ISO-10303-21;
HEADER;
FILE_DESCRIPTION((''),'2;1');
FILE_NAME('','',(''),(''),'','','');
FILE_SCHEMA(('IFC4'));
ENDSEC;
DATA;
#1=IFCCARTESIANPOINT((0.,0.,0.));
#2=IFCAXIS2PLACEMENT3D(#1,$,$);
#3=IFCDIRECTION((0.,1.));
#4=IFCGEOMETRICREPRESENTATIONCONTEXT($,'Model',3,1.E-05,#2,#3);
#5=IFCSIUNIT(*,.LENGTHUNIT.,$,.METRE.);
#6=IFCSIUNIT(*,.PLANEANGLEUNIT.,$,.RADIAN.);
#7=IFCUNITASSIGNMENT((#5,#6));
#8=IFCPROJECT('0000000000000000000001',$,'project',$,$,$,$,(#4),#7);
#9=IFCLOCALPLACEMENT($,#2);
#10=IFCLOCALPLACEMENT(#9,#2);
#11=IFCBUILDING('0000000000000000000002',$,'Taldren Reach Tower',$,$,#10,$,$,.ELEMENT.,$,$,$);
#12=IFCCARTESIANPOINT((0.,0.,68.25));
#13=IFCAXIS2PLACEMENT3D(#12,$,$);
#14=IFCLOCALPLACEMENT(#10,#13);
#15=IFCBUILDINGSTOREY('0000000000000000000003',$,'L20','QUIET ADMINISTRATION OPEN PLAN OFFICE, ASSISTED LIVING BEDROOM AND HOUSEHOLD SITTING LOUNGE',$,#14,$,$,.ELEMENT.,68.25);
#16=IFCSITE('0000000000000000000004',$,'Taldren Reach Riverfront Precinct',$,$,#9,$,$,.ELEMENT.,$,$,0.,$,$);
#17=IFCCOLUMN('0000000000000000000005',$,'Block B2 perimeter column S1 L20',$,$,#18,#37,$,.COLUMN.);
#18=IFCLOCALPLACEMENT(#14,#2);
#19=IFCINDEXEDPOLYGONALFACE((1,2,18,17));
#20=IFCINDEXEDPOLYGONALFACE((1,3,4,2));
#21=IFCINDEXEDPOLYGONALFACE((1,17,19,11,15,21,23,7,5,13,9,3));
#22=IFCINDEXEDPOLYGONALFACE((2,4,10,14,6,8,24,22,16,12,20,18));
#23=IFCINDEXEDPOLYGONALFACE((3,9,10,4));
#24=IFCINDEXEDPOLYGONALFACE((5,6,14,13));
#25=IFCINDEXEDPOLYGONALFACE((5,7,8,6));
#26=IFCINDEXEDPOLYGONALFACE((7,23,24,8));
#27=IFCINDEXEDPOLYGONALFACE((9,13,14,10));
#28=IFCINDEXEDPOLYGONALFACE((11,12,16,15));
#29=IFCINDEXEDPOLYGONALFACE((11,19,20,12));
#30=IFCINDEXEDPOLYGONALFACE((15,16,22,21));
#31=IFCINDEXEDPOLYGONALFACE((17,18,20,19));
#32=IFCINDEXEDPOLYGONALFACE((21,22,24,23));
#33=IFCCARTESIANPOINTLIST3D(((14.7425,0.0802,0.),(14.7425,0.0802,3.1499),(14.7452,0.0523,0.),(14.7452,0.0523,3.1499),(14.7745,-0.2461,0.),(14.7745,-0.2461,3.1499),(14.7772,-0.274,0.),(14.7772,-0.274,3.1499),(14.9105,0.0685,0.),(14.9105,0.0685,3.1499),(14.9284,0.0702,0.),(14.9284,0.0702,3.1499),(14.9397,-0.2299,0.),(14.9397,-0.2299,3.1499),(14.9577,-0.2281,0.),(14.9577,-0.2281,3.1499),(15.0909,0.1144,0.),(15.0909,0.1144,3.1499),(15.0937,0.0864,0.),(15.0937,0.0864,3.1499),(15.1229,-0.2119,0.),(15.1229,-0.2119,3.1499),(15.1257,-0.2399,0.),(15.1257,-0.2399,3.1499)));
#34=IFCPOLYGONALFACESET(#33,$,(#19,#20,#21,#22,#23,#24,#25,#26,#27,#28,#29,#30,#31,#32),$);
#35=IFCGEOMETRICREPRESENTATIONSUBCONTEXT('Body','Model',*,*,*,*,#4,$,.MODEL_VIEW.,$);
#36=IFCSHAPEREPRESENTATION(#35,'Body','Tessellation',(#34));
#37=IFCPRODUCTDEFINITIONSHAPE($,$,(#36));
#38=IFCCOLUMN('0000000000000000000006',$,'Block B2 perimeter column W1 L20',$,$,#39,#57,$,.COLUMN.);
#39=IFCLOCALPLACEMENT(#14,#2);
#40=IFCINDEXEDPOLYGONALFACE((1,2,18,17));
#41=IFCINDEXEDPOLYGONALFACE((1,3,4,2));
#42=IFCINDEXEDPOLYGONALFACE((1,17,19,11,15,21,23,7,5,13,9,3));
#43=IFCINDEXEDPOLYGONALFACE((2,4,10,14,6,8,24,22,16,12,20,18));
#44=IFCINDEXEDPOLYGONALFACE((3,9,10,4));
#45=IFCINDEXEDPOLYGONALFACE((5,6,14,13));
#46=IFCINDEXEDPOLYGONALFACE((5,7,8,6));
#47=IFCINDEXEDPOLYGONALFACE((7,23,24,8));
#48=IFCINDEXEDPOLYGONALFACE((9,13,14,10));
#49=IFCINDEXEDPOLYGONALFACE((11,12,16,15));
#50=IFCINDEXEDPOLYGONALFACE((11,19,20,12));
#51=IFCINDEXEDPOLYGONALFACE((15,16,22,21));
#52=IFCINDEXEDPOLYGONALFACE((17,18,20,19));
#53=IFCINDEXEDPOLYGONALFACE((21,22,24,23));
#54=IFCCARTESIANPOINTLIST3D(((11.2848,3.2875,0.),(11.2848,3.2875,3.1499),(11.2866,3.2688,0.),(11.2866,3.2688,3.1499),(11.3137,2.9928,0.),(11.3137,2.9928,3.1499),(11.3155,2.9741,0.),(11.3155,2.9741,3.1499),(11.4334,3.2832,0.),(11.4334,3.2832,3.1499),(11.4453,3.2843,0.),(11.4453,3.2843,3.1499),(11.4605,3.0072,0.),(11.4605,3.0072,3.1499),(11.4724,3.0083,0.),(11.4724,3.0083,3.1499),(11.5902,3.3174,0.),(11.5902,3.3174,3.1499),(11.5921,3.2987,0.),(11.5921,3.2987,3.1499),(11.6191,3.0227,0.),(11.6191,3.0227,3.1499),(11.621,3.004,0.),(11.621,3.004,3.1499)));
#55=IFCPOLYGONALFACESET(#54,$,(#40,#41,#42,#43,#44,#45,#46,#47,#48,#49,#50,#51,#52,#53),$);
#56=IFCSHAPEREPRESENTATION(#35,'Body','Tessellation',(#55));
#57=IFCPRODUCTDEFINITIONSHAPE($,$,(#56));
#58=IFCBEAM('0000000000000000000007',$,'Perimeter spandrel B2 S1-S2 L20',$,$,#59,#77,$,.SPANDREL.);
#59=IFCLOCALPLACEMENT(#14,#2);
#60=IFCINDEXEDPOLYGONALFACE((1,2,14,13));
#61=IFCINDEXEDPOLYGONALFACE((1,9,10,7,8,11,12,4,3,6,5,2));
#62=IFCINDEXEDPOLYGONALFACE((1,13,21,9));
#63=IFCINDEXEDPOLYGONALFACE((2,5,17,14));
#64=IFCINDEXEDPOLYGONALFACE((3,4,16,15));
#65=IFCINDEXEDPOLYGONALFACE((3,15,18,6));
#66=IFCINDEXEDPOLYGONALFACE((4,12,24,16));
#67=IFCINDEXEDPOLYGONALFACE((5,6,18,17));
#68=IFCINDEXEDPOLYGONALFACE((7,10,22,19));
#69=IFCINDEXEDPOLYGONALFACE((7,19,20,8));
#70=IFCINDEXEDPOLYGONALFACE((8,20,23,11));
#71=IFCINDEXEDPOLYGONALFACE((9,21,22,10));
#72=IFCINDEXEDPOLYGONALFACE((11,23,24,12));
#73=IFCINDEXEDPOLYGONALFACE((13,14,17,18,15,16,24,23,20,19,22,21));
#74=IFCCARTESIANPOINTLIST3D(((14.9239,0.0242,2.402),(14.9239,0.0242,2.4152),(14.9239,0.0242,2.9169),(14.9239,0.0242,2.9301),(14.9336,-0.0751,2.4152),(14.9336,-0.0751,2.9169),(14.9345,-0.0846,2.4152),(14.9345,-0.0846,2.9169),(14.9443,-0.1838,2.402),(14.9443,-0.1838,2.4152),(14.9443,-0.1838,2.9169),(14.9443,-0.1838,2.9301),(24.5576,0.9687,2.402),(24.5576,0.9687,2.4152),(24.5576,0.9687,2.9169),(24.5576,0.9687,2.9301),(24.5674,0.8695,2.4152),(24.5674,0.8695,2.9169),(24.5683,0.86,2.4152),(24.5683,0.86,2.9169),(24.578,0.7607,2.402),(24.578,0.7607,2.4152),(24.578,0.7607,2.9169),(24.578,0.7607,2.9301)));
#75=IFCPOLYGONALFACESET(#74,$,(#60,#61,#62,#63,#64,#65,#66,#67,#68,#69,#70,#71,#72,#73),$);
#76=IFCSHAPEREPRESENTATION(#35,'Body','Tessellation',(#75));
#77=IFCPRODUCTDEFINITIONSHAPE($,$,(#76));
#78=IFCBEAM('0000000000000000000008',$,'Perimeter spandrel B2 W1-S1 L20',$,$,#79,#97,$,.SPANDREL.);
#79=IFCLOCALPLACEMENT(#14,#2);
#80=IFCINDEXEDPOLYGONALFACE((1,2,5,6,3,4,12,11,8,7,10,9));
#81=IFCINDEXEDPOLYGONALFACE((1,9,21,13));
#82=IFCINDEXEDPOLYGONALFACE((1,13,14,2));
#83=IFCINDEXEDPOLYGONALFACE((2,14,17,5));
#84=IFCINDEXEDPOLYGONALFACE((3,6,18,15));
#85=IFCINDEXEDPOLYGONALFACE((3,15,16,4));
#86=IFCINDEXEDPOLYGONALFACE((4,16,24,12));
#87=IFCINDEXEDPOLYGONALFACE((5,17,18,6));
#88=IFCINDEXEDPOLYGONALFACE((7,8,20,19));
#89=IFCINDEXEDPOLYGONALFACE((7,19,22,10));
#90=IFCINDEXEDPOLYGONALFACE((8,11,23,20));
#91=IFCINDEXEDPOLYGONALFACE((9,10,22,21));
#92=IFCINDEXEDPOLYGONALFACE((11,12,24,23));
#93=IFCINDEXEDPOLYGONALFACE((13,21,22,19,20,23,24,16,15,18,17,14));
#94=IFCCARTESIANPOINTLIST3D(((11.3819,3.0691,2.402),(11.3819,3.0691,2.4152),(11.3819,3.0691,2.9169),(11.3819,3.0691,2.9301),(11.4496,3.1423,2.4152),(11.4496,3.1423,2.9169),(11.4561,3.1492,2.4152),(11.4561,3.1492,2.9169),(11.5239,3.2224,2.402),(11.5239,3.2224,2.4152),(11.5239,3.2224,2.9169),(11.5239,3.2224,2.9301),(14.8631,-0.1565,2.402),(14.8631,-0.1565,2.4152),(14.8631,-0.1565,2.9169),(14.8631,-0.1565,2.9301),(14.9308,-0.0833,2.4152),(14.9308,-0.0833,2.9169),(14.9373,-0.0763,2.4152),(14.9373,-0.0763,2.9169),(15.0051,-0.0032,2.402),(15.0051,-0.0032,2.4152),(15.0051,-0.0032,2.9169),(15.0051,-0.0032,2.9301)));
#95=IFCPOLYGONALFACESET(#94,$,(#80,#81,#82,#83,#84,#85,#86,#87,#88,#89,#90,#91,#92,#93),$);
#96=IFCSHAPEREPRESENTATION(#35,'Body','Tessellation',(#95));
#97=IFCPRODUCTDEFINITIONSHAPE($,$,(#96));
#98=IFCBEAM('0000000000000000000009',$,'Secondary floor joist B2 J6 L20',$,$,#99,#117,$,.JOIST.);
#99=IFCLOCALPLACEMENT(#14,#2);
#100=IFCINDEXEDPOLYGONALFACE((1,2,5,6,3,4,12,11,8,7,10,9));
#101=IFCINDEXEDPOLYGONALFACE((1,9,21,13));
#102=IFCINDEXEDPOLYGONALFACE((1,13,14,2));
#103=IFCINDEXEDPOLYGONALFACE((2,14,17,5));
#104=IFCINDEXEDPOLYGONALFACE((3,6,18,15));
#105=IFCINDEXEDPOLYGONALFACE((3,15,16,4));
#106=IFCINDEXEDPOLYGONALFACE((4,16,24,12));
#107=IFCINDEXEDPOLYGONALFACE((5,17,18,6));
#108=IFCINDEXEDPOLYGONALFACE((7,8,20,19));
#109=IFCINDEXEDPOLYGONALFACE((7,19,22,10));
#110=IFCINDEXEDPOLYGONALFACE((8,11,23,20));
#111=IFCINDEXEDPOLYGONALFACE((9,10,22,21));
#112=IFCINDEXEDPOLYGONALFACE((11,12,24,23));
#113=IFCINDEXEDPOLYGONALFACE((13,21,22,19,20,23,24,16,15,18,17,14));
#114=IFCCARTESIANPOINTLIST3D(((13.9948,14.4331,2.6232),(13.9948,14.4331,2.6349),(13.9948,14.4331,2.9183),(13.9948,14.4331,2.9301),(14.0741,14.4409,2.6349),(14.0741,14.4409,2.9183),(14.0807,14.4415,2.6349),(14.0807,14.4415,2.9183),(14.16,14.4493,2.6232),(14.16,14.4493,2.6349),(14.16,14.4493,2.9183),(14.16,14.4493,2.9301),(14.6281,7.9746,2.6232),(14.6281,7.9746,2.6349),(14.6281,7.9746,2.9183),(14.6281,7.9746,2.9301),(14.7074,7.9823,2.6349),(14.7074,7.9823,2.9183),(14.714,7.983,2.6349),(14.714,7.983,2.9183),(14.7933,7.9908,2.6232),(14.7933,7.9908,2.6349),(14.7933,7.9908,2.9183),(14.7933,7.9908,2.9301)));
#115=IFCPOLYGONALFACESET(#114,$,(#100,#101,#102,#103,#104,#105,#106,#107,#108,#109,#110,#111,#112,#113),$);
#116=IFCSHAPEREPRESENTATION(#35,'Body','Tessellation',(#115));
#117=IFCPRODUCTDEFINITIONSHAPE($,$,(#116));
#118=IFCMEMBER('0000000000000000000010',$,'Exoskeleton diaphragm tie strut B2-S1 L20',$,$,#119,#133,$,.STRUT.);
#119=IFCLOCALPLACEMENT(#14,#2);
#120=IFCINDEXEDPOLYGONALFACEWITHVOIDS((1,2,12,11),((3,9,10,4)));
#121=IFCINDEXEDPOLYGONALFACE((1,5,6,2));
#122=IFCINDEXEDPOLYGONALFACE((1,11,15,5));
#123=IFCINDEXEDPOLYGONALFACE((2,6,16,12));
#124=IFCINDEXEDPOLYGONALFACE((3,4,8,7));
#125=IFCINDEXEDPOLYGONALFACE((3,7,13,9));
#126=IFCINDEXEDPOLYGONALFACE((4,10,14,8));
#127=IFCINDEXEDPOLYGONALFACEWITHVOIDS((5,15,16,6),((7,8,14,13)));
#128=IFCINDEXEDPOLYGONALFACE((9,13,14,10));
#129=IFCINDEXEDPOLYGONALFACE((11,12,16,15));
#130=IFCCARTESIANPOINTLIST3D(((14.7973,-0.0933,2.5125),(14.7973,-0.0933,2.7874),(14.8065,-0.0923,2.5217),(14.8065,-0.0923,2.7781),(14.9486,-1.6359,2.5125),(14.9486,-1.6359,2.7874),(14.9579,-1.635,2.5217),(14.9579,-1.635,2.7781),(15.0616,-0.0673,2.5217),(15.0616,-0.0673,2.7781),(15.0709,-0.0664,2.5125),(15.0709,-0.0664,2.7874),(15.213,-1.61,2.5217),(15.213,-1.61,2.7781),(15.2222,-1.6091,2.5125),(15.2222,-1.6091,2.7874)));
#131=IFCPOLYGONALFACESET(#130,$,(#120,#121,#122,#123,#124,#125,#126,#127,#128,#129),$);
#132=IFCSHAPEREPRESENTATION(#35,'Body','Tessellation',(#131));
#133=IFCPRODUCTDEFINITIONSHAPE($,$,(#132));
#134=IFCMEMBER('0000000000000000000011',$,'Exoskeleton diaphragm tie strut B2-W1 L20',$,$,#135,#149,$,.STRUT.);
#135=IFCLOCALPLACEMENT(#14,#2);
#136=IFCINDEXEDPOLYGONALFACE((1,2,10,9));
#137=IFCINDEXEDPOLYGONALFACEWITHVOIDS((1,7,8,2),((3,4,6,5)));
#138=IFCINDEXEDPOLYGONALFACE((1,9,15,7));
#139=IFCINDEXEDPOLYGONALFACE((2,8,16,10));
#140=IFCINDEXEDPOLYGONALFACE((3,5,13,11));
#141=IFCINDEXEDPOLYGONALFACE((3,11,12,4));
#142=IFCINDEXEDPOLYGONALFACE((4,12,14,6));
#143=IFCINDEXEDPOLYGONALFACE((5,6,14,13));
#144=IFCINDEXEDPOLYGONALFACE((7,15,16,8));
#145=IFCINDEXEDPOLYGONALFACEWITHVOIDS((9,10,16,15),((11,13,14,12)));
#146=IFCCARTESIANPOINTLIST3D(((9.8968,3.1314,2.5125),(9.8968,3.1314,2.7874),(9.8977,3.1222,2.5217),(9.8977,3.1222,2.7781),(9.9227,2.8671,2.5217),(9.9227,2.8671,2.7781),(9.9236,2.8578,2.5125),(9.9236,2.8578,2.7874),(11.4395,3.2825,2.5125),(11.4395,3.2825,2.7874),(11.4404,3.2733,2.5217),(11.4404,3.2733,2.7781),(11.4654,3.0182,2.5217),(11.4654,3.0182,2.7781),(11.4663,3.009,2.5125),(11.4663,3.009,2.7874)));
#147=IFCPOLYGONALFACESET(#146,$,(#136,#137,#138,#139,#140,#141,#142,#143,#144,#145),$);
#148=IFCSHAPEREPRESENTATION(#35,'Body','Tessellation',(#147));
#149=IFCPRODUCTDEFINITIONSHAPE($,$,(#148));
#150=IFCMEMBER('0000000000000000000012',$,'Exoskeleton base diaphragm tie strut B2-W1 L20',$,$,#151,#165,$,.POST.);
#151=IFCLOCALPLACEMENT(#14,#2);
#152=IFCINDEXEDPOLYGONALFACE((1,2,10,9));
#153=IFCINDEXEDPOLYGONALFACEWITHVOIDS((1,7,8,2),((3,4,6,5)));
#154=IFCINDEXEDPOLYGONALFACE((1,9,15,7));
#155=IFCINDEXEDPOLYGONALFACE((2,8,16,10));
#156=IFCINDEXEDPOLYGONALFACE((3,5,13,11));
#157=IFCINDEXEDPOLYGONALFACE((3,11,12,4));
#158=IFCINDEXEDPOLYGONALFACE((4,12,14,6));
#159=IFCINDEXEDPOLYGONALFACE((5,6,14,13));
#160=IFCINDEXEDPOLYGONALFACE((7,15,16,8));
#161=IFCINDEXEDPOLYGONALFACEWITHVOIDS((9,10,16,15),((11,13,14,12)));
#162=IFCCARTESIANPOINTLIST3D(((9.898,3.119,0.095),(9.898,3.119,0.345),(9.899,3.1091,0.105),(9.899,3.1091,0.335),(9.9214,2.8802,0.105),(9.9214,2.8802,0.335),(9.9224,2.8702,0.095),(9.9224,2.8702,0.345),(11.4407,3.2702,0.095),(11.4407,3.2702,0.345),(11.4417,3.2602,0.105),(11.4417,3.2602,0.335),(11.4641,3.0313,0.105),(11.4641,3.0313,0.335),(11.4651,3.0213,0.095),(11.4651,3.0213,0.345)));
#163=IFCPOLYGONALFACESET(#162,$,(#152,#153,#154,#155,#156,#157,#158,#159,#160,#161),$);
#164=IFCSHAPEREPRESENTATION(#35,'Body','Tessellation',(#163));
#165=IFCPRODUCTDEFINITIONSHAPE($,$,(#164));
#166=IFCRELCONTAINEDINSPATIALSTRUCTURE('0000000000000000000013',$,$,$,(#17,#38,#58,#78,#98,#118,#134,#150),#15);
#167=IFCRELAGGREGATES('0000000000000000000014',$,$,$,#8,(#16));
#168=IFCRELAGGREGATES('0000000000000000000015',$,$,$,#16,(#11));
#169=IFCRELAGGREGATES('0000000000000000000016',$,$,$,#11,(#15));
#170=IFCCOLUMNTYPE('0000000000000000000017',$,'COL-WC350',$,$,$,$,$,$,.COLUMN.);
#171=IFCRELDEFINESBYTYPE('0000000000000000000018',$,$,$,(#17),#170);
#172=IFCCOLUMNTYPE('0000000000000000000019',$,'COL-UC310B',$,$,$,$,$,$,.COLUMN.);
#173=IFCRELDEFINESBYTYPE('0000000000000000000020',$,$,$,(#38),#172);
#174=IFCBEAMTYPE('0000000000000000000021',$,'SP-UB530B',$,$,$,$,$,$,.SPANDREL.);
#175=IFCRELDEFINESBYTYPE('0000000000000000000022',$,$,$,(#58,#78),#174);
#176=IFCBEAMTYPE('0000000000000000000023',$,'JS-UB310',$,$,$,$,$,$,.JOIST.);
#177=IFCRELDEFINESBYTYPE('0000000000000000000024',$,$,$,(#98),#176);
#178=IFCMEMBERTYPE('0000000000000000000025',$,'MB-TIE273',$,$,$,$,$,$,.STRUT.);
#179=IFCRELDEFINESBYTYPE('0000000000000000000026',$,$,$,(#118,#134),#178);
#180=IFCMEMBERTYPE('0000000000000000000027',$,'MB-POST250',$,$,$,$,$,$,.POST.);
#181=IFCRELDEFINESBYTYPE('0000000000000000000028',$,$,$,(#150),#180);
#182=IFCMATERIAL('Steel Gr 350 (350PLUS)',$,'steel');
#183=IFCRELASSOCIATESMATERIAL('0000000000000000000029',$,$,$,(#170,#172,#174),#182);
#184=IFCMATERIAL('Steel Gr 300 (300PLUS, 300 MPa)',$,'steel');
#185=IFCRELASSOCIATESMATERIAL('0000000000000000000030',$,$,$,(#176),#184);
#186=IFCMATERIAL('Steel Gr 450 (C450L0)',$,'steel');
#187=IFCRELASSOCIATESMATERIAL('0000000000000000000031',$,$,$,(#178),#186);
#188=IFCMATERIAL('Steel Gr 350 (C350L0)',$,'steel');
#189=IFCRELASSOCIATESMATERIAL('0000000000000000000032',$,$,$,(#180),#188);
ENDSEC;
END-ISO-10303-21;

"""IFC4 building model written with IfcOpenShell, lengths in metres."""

from ifc_helpers import new_model, si_unit, direction, frame, origin, origin_2d, place, context, subcontext, project, spatial, hollow_rectangle, i_section, extrude, source, transform, mapped, material, material_profile, profile_set, type_object, element, save


model = new_model("IFC4")

# Units and contexts
model_context = context("Model", 3, precision=1e-05, world=origin(), true_north=direction((0.0, 1.0)))
body_context = subcontext(model_context, "Body", "Model", "MODEL_VIEW")
ifc_project = project(units=[si_unit("LENGTHUNIT", "METRE"), si_unit("PLANEANGLEUNIT", "RADIAN")], contexts=[model_context])

# Site, building, storey
site_placement = place(None, origin())
site = spatial("IfcSite", under=ifc_project, at=site_placement, Name="Taldren Reach Riverfront Precinct", CompositionType="ELEMENT", RefElevation=0.0)
building_placement = place(site_placement, origin())
building = spatial("IfcBuilding", under=site, at=building_placement, Name="Taldren Reach Tower", CompositionType="ELEMENT")
storey_placement = place(building_placement, frame((0.0, 0.0, 68.25)))
storey = spatial("IfcBuildingStorey", under=building, at=storey_placement, Name="L20", Description="QUIET ADMINISTRATION OPEN PLAN OFFICE, ASSISTED LIVING BEDROOM AND HOUSEHOLD SITTING LOUNGE", CompositionType="ELEMENT", Elevation=68.25)

# Columns
ifc_material_1 = material(Name="Steel Gr 350 (350PLUS)", Category="steel")
ifc_material_profile_1 = material_profile(ifc_material_1, i_section(OverallWidth=0.3501, OverallDepth=0.356, WebThickness=0.0181, FlangeThickness=0.0281, at=origin_2d()), Name="350WC197")
ifc_profile_set_1 = profile_set([ifc_material_profile_1], Name="Steel Gr 350 (350PLUS)")
column_type_1 = type_object("IfcColumnType", Name="COL-WC350", PredefinedType="COLUMN", material=ifc_profile_set_1)
shared_shape_1 = source(origin(), body_context, "Body", "SweptSolid", [
    extrude(i_section(OverallWidth=0.3501, OverallDepth=0.356, WebThickness=0.0181, FlangeThickness=0.0281, at=origin_2d()), origin(), (0.0, 0.0, 1.0), 3.1499),
])
column_1_placement = place(storey_placement, frame((14.9341, -0.0798, 0.0), z_axis=(0.0, 0.0, 1.0), x_axis=(0.995227, 0.097583, 0.0)))
element("IfcColumn", 1, at=column_1_placement, inside=storey, type_object=column_type_1, Name="Block B2 perimeter column S1 L20", PredefinedType="COLUMN", context=body_context, shape_type="MappedRepresentation", body=[
    mapped(shared_shape_1, transform((0.0, 0.0, 0.0), scale=1.0)),
])
ifc_material_profile_2 = material_profile(ifc_material_1, i_section(OverallWidth=0.3069, OverallDepth=0.3149, WebThickness=0.012, FlangeThickness=0.0188, at=origin_2d()), Name="310UC118")
ifc_profile_set_2 = profile_set([ifc_material_profile_2], Name="Steel Gr 350 (350PLUS)")
column_type_2 = type_object("IfcColumnType", Name="COL-UC310B", PredefinedType="COLUMN", material=ifc_profile_set_2)
shared_shape_2 = source(origin(), body_context, "Body", "SweptSolid", [
    extrude(i_section(OverallWidth=0.3069, OverallDepth=0.3149, WebThickness=0.012, FlangeThickness=0.0188, at=origin_2d()), origin(), (0.0, 0.0, 1.0), 3.1499),
])
column_2_placement = place(storey_placement, frame((11.4529, 3.1458, 0.0), z_axis=(0.0, 0.0, 1.0), x_axis=(0.995227, 0.097583, 0.0)))
element("IfcColumn", 2, at=column_2_placement, inside=storey, type_object=column_type_2, Name="Block B2 perimeter column W1 L20", PredefinedType="COLUMN", context=body_context, shape_type="MappedRepresentation", body=[
    mapped(shared_shape_2, transform((0.0, 0.0, 0.0), scale=1.0)),
])

# Beams
ifc_material_profile_3 = material_profile(ifc_material_1, i_section(OverallWidth=0.209, OverallDepth=0.5281, WebThickness=0.0095, FlangeThickness=0.0132, at=origin_2d()), Name="530UB82.0")
ifc_profile_set_3 = profile_set([ifc_material_profile_3], Name="Steel Gr 350 (350PLUS)")
beam_type_1 = type_object("IfcBeamType", Name="SP-UB530B", PredefinedType="SPANDREL", material=ifc_profile_set_3)
shared_shape_3 = source(origin(), body_context, "Body", "SweptSolid", [
    extrude(i_section(OverallWidth=0.209, OverallDepth=0.5281, WebThickness=0.0095, FlangeThickness=0.0132, at=origin_2d()), origin(), (0.0, 0.0, 1.0), 9.6799),
])
beam_1_placement = place(storey_placement, frame((14.9341, -0.0798, 2.666), z_axis=(0.995228, 0.097581, 0.0), x_axis=(-0.097581, 0.995228, 0.0)))
element("IfcBeam", 3, at=beam_1_placement, inside=storey, type_object=beam_type_1, Name="Perimeter spandrel B2 S1-S2 L20", PredefinedType="SPANDREL", context=body_context, shape_type="MappedRepresentation", body=[
    mapped(shared_shape_3, transform((0.0, 0.0, 0.0), scale=1.0)),
])
shared_shape_4 = source(origin(), body_context, "Body", "SweptSolid", [
    extrude(i_section(OverallWidth=0.209, OverallDepth=0.5281, WebThickness=0.0095, FlangeThickness=0.0132, at=origin_2d()), origin(), (0.0, 0.0, 1.0), 4.7458),
])
beam_2_placement = place(storey_placement, frame((11.4529, 3.1458, 2.666), z_axis=(0.733524, -0.679663, 0.0), x_axis=(0.679663, 0.733524, 0.0)))
element("IfcBeam", 4, at=beam_2_placement, inside=storey, type_object=beam_type_1, Name="Perimeter spandrel B2 W1-S1 L20", PredefinedType="SPANDREL", context=body_context, shape_type="MappedRepresentation", body=[
    mapped(shared_shape_4, transform((0.0, 0.0, 0.0), scale=1.0)),
])
ifc_material_2 = material(Name="Steel Gr 300 (300PLUS, 300 MPa)", Category="steel")
ifc_material_profile_4 = material_profile(ifc_material_2, i_section(OverallWidth=0.166, OverallDepth=0.3069, WebThickness=0.0066, FlangeThickness=0.0117, at=origin_2d()), Name="310UB46.2")
ifc_profile_set_4 = profile_set([ifc_material_profile_4], Name="Steel Gr 300 (300PLUS, 300 MPa)")
beam_type_2 = type_object("IfcBeamType", Name="JS-UB310", PredefinedType="JOIST", material=ifc_profile_set_4)
shared_shape_5 = source(origin(), body_context, "Body", "SweptSolid", [
    extrude(i_section(OverallWidth=0.166, OverallDepth=0.3069, WebThickness=0.0066, FlangeThickness=0.0117, at=origin_2d()), origin(), (0.0, 0.0, 1.0), 6.4895),
])
beam_3_placement = place(storey_placement, frame((14.7107, 7.9827, 2.7766), z_axis=(-0.097589, 0.995227, 0.0), x_axis=(-0.995227, -0.097589, 0.0)))
element("IfcBeam", 5, at=beam_3_placement, inside=storey, type_object=beam_type_2, Name="Secondary floor joist B2 J6 L20", PredefinedType="JOIST", context=body_context, shape_type="MappedRepresentation", body=[
    mapped(shared_shape_5, transform((0.0, 0.0, 0.0), scale=1.0)),
])

# Members
ifc_material_3 = material(Name="Steel Gr 450 (C450L0)", Category="steel")
ifc_material_profile_5 = material_profile(ifc_material_3, hollow_rectangle(XDim=0.2749, YDim=0.2749, WallThickness=0.0093, at=origin_2d()), Name="275x275x9.3SHS")
ifc_profile_set_5 = profile_set([ifc_material_profile_5], Name="Steel Gr 450 (C450L0)")
member_type_1 = type_object("IfcMemberType", Name="MB-TIE273", PredefinedType="STRUT", material=ifc_profile_set_5)
shared_shape_6 = source(origin(), body_context, "Body", "SweptSolid", [
    extrude(hollow_rectangle(XDim=0.2749, YDim=0.2749, WallThickness=0.0093, at=origin_2d()), origin(), (0.0, 0.0, 1.0), 1.55),
])
for number, where, z_axis, x_axis, name in (
    (6, (14.9341, -0.0798, 2.6499), (0.097648, -0.995221, 0.0), (0.995221, 0.097648, 0.0), "Exoskeleton diaphragm tie strut B2-S1 L20"),
    (7, (11.4529, 3.1458, 2.6499), (-0.995236, -0.097492, 0.0), (0.097492, -0.995236, 0.0), "Exoskeleton diaphragm tie strut B2-W1 L20"),
):
    element("IfcMember", number, at=place(storey_placement, frame(where, z_axis=z_axis, x_axis=x_axis)), inside=storey, type_object=member_type_1, Name=name, PredefinedType="STRUT", context=body_context, shape_type="MappedRepresentation", body=[
        mapped(shared_shape_6, transform((0.0, 0.0, 0.0), scale=1.0)),
    ])
ifc_material_4 = material(Name="Steel Gr 350 (C350L0)", Category="steel")
ifc_material_profile_6 = material_profile(ifc_material_4, hollow_rectangle(XDim=0.25, YDim=0.25, WallThickness=0.01, at=origin_2d()), Name="250x250x10.0SHS")
ifc_profile_set_6 = profile_set([ifc_material_profile_6], Name="Steel Gr 350 (C350L0)")
member_type_2 = type_object("IfcMemberType", Name="MB-POST250", PredefinedType="POST", material=ifc_profile_set_6)
shared_shape_7 = source(origin(), body_context, "Body", "SweptSolid", [
    extrude(hollow_rectangle(XDim=0.25, YDim=0.25, WallThickness=0.01, at=origin_2d()), origin(), (0.0, 0.0, 1.0), 1.55),
])
for number, where, z_axis, x_axis, name in (
    (8, (11.4529, 3.1458, 0.22), (-0.995236, -0.097492, 0.0), (0.097492, -0.995236, 0.0), "Exoskeleton base diaphragm tie strut B2-W1 L20"),
):
    element("IfcMember", number, at=place(storey_placement, frame(where, z_axis=z_axis, x_axis=x_axis)), inside=storey, type_object=member_type_2, Name=name, PredefinedType="POST", context=body_context, shape_type="MappedRepresentation", body=[
        mapped(shared_shape_7, transform((0.0, 0.0, 0.0), scale=1.0)),
    ])

save(model, "model.ifc")
